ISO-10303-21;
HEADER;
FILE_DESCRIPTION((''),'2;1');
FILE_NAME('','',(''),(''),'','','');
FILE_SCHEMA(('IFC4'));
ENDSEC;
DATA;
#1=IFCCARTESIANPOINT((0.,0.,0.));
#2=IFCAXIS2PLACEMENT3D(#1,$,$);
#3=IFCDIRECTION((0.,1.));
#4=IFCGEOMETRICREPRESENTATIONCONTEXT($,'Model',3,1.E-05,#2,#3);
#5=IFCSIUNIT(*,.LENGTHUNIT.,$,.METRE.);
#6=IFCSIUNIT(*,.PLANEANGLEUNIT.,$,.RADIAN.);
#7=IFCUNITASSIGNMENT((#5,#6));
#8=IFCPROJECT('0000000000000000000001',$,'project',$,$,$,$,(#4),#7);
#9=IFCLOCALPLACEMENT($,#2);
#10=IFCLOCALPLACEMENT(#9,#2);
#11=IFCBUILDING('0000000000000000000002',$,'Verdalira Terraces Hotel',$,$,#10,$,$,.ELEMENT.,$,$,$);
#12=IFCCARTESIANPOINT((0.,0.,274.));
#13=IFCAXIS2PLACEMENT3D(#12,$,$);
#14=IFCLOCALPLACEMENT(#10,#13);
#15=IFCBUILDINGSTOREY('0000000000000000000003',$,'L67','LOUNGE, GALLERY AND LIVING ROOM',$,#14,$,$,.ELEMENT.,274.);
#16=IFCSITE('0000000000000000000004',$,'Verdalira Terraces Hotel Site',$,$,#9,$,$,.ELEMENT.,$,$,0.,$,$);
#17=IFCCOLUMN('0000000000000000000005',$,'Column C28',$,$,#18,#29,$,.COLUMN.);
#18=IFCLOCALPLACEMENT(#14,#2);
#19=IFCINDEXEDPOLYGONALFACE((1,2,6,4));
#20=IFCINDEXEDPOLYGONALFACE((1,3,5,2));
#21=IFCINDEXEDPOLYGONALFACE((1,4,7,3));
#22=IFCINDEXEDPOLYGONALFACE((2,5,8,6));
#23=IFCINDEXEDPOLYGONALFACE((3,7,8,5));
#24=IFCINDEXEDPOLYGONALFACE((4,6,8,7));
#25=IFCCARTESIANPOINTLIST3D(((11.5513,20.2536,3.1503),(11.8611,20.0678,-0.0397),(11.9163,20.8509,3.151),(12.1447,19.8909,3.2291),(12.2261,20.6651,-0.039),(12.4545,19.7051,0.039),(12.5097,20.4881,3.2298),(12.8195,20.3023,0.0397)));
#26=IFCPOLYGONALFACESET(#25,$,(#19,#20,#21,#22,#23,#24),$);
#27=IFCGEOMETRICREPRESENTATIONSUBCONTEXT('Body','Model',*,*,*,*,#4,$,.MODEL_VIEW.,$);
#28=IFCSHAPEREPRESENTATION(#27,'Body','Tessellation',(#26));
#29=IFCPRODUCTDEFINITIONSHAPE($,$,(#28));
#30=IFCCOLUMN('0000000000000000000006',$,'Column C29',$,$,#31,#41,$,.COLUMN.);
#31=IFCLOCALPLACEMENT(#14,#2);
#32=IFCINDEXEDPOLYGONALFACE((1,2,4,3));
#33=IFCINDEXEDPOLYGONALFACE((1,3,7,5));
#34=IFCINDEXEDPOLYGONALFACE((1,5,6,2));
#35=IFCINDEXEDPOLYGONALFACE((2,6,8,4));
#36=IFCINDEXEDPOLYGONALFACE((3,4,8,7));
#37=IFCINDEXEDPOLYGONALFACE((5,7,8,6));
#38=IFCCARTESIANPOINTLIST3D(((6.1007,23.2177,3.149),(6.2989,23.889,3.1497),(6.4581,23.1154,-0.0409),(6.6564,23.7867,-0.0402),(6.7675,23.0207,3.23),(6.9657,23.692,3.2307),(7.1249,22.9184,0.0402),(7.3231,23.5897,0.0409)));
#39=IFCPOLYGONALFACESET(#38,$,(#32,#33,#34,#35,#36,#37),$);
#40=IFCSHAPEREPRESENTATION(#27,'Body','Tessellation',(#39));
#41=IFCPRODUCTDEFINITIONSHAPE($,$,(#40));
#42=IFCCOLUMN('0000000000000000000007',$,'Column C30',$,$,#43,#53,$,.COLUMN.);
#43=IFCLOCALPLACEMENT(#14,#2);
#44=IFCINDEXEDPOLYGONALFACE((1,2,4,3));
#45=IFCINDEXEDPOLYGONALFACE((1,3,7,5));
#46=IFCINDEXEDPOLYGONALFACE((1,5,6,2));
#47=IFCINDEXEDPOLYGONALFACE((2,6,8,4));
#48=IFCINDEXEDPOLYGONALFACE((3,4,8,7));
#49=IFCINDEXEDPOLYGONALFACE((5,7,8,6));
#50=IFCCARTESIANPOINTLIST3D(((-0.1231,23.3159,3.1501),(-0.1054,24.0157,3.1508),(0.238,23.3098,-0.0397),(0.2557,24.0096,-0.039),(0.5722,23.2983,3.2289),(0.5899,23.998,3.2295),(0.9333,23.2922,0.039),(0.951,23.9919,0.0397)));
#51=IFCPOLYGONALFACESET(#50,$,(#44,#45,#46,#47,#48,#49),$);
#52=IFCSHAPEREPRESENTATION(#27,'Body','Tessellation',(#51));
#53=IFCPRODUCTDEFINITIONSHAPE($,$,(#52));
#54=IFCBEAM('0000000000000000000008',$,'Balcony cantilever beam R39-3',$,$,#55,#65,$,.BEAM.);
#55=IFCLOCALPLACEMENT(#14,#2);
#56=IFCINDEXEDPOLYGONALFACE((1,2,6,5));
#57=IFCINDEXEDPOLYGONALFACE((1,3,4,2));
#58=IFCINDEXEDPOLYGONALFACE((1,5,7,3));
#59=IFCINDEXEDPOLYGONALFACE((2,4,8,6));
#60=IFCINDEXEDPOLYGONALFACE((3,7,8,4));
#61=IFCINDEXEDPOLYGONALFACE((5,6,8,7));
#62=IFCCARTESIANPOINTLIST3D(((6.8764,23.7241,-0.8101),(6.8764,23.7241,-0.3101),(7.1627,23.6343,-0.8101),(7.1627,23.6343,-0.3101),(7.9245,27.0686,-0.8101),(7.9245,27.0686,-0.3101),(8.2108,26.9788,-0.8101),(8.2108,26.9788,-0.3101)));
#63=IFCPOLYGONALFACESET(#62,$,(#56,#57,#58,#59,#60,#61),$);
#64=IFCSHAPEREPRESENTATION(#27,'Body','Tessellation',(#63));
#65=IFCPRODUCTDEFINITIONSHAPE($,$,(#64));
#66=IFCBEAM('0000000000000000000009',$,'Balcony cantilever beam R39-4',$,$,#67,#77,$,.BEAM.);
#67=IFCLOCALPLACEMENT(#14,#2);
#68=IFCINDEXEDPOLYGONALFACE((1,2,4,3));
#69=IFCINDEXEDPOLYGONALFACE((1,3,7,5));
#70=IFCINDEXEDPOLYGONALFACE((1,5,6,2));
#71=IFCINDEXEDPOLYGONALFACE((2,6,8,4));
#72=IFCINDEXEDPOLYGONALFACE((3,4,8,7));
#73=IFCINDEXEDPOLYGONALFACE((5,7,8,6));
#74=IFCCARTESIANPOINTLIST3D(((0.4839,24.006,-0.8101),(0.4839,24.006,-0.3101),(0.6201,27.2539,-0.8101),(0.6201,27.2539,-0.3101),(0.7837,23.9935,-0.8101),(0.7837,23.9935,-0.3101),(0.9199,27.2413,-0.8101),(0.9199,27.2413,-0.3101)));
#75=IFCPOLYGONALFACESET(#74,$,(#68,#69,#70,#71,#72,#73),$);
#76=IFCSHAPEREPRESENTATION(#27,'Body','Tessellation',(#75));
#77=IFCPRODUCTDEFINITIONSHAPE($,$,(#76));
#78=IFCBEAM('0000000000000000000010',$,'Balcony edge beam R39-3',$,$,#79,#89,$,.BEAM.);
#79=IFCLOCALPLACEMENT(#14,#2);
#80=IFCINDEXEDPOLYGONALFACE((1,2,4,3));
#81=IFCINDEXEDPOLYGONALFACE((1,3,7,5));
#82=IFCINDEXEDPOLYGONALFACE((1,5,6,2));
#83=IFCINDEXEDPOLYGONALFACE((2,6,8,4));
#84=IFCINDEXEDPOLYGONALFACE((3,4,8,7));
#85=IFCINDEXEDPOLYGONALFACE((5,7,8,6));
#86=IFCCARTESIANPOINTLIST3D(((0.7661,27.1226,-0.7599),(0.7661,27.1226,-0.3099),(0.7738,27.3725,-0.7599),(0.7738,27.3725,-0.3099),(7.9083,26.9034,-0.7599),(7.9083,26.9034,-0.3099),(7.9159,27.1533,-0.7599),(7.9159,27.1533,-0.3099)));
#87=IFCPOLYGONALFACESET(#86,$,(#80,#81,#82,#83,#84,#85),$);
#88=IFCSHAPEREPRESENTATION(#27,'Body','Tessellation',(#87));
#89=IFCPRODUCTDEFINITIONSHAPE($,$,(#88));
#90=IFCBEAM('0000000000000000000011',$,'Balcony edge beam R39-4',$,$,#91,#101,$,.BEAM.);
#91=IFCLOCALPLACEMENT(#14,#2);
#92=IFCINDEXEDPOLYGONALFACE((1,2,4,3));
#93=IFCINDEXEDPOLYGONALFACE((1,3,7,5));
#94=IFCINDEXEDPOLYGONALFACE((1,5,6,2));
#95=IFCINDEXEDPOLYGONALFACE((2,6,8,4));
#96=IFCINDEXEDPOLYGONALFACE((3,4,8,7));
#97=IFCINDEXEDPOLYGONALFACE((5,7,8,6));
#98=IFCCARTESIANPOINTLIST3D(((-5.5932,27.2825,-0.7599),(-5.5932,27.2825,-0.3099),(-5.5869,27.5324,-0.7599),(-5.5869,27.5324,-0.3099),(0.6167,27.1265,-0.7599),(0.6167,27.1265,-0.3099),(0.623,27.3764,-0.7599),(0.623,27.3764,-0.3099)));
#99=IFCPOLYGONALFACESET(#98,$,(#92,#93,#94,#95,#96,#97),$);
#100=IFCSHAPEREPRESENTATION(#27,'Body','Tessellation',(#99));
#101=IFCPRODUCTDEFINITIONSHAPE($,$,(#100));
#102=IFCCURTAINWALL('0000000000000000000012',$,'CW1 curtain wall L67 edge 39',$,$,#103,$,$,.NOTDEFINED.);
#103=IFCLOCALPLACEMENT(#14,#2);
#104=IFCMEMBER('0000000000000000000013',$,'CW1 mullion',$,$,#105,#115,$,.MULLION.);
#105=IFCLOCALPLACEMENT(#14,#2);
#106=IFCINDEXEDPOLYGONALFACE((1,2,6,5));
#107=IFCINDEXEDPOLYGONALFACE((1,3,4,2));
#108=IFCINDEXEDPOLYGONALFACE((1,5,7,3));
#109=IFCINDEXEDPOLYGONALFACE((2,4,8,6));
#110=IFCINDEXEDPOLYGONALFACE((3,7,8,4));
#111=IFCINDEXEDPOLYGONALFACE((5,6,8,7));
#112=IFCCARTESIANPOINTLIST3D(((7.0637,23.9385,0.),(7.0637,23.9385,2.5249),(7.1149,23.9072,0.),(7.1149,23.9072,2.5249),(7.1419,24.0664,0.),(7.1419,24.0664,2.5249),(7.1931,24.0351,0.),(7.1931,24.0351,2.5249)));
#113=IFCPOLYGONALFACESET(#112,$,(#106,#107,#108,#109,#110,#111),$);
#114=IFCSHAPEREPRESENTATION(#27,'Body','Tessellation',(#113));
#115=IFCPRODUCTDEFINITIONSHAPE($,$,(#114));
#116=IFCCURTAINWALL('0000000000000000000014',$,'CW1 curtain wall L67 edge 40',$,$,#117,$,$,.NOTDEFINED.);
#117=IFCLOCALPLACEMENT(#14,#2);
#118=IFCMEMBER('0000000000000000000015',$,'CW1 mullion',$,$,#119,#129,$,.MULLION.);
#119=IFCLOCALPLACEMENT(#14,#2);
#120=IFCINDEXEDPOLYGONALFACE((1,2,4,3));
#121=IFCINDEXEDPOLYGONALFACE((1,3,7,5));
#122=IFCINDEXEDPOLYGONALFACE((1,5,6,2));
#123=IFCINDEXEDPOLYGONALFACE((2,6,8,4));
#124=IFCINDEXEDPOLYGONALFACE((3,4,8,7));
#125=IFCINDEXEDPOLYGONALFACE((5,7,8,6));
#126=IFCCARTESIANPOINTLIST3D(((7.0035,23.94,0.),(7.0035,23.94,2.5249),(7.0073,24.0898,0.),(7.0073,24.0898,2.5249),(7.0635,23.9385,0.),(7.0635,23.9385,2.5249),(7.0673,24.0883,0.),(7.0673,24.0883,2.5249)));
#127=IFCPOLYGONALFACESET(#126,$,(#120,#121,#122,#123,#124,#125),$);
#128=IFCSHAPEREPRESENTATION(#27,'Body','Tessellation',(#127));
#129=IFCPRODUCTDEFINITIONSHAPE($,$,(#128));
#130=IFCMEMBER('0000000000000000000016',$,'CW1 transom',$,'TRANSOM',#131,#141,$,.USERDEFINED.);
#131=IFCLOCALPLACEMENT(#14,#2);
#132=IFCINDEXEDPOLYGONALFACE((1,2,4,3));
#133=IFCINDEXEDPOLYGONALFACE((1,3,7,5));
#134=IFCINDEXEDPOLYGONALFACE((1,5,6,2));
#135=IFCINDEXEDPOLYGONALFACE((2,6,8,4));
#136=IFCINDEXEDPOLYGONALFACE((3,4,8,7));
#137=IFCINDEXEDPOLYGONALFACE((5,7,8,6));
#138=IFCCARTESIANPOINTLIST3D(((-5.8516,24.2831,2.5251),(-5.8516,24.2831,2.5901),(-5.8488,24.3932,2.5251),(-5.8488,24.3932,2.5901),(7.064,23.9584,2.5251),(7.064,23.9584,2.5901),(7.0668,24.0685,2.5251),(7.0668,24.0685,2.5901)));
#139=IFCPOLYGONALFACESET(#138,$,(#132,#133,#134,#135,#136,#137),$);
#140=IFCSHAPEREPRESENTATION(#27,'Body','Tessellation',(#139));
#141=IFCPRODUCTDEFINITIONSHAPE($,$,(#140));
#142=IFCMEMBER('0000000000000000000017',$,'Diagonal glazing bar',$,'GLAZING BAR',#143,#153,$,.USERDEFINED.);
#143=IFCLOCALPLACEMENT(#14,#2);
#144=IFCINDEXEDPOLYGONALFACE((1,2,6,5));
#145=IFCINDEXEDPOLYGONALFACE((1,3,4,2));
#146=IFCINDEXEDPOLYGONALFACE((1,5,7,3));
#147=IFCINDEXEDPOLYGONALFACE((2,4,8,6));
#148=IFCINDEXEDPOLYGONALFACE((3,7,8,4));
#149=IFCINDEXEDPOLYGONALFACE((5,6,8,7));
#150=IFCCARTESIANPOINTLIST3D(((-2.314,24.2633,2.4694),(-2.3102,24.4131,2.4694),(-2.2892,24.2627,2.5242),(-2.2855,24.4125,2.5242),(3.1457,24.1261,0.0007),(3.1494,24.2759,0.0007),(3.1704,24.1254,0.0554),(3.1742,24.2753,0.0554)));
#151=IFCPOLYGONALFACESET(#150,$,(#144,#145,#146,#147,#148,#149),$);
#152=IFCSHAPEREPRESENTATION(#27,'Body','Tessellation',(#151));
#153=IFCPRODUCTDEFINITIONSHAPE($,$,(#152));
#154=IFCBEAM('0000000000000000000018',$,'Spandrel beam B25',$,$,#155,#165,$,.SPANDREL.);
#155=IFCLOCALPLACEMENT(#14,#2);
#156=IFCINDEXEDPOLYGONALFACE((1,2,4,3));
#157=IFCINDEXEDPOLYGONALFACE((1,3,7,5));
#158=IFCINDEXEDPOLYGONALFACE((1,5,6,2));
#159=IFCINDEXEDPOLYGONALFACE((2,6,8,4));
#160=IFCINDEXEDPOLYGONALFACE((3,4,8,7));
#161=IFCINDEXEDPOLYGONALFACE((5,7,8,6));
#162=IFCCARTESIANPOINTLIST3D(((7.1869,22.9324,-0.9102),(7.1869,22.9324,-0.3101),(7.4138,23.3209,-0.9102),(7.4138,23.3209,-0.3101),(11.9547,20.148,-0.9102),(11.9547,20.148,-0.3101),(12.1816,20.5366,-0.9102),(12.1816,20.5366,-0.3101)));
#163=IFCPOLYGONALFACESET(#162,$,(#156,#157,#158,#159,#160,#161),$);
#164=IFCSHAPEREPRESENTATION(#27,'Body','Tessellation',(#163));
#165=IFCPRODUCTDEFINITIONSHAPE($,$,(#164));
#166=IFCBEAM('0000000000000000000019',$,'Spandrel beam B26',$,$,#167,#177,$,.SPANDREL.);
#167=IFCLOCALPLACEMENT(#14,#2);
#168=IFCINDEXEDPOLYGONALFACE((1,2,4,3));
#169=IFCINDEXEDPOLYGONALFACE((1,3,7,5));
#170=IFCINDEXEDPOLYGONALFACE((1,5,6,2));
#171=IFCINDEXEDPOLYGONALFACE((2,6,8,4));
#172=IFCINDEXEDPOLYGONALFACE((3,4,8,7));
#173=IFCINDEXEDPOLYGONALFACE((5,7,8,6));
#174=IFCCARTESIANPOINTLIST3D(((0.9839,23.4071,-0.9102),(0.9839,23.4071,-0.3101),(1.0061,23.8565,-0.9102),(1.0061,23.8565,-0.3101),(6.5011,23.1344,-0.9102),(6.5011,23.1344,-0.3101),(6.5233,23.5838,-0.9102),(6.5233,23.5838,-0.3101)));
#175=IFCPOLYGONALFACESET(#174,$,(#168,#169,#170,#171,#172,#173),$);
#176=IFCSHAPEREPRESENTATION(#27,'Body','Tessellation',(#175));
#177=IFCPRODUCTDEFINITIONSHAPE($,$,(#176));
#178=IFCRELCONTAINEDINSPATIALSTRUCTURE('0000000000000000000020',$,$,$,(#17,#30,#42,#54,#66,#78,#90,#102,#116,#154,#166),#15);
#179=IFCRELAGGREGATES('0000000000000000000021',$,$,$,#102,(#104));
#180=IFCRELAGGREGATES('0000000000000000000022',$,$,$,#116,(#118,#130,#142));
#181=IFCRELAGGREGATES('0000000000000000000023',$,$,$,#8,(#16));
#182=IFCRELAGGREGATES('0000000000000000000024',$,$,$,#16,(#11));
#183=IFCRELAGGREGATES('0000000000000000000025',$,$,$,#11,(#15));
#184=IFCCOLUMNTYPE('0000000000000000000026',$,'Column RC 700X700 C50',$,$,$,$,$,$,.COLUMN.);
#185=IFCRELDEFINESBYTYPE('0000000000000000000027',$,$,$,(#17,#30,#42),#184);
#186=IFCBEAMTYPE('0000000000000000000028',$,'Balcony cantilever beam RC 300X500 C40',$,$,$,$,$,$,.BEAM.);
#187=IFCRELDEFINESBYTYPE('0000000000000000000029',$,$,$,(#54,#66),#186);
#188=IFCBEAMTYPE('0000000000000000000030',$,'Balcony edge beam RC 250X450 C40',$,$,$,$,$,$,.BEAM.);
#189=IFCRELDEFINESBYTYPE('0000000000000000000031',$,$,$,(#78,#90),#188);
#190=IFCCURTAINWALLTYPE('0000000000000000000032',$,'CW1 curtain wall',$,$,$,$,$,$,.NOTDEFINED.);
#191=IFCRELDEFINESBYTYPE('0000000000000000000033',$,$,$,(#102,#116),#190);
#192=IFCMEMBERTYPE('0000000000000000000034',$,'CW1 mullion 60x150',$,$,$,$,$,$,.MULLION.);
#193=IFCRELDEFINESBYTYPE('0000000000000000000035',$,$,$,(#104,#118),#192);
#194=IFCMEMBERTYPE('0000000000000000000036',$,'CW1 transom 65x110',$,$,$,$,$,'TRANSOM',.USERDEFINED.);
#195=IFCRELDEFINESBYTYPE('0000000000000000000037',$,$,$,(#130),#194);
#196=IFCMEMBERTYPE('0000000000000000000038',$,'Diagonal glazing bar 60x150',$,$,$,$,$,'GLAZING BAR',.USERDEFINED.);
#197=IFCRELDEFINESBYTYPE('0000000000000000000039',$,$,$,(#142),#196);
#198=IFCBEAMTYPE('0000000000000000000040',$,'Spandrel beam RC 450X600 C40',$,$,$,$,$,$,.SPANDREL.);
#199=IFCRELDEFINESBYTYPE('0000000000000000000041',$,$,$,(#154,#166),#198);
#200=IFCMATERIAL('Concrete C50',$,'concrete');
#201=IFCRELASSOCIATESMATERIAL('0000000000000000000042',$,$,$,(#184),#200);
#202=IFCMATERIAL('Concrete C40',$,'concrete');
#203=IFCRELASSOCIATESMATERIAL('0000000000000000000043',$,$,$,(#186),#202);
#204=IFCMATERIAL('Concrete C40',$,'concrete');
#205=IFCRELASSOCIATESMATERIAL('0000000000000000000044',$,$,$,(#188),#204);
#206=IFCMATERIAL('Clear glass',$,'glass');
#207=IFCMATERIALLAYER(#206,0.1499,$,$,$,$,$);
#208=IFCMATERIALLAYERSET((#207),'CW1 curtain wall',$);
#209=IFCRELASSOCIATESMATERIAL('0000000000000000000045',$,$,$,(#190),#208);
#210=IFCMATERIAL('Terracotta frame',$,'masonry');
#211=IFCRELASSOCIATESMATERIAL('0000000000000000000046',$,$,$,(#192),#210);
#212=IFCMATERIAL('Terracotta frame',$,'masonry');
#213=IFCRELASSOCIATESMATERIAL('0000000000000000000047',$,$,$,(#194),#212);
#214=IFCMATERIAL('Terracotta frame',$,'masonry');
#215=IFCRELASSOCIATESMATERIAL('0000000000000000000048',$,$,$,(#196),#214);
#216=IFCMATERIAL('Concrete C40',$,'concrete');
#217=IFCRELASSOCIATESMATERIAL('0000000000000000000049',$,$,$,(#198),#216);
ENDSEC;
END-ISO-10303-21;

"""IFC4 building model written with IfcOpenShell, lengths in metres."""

from ifc_helpers import new_model, si_unit, direction, frame, origin, origin_2d, place, context, subcontext, project, spatial, rectangle, extrude, material, layer, layer_set, material_profile, profile_set, type_object, element, aggregate, save


model = new_model("IFC4")

# Units and contexts
model_context = context("Model", 3, precision=1e-05, world=origin(), true_north=direction((0.0, 1.0)))
body_context = subcontext(model_context, "Body", "Model", "MODEL_VIEW")
ifc_project = project(units=[si_unit("LENGTHUNIT", "METRE"), si_unit("PLANEANGLEUNIT", "RADIAN")], contexts=[model_context])

# Site, building, storey
site_placement = place(None, origin())
site = spatial("IfcSite", under=ifc_project, at=site_placement, Name="Verdalira Terraces Hotel Site", CompositionType="ELEMENT", RefElevation=0.0)
building_placement = place(site_placement, origin())
building = spatial("IfcBuilding", under=site, at=building_placement, Name="Verdalira Terraces Hotel", CompositionType="ELEMENT")
storey_placement = place(building_placement, frame((0.0, 0.0, 274.0)))
storey = spatial("IfcBuildingStorey", under=building, at=storey_placement, Name="L67", Description="LOUNGE, GALLERY AND LIVING ROOM", CompositionType="ELEMENT", Elevation=274.0)

# Columns
ifc_material_1 = material(Name="Concrete C50", Category="concrete")
ifc_material_profile_1 = material_profile(ifc_material_1, rectangle(XDim=0.7, YDim=0.7, at=origin_2d()), Name="RC 700X700")
ifc_profile_set_1 = profile_set([ifc_material_profile_1], Name="Concrete C50")
column_type = type_object("IfcColumnType", Name="Column RC 700X700 C50", PredefinedType="COLUMN", material=ifc_profile_set_1)
column_1_placement = place(storey_placement, frame((12.3403, 20.1851, 0.0), z_axis=(-0.096505, 0.057873, 0.993649), x_axis=(-0.847798, 0.518243, -0.112524)))
element("IfcColumn", 1, at=column_1_placement, inside=storey, type_object=column_type, Name="Column C28", PredefinedType="COLUMN", context=body_context, shape_type="SweptSolid", body=[
    extrude(rectangle(XDim=0.7, YDim=0.7, at=origin_2d()), origin(), (0.0, 0.0, 1.0), 3.2104),
])
column_2_placement = place(storey_placement, frame((6.8906, 23.3525, 0.0), z_axis=(-0.111293, 0.031852, 0.993277), x_axis=(0.952582, -0.281403, 0.115758)))
element("IfcColumn", 2, at=column_2_placement, inside=storey, type_object=column_type, Name="Column C29", PredefinedType="COLUMN", context=body_context, shape_type="SweptSolid", body=[
    extrude(rectangle(XDim=0.7, YDim=0.7, at=origin_2d()), origin(), (0.0, 0.0, 1.0), 3.2114),
])
column_3_placement = place(storey_placement, frame((0.5945, 23.6509, 0.0), z_axis=(-0.112476, 0.001901, 0.993653), x_axis=(-0.993333, 0.025223, -0.112488)))
element("IfcColumn", 3, at=column_3_placement, inside=storey, type_object=column_type, Name="Column C30", PredefinedType="COLUMN", context=body_context, shape_type="SweptSolid", body=[
    extrude(rectangle(XDim=0.7, YDim=0.7, at=origin_2d()), origin(), (0.0, 0.0, 1.0), 3.2102),
])

# Beams
ifc_material_2 = material(Name="Concrete C40", Category="concrete")
ifc_material_profile_2 = material_profile(ifc_material_2, rectangle(XDim=0.3, YDim=0.5, at=origin_2d()), Name="RC 300X500")
ifc_profile_set_2 = profile_set([ifc_material_profile_2], Name="Concrete C40")
beam_type_1 = type_object("IfcBeamType", Name="Balcony cantilever beam RC 300X500 C40", PredefinedType="BEAM", material=ifc_profile_set_2)
beam_1_placement = place(storey_placement, frame((7.0195, 23.6792, -0.5601), z_axis=(0.29904, 0.95424, 0.0), x_axis=(-0.95424, 0.29904, 0.0)))
element("IfcBeam", 4, at=beam_1_placement, inside=storey, type_object=beam_type_1, Name="Balcony cantilever beam R39-3", PredefinedType="BEAM", context=body_context, shape_type="SweptSolid", body=[
    extrude(rectangle(XDim=0.3, YDim=0.5, at=origin_2d()), origin(), (0.0, 0.0, 1.0), 3.5049),
])
beam_2_placement = place(storey_placement, frame((0.6338, 23.9998, -0.5601), z_axis=(0.041909, 0.999121, 0.0), x_axis=(-0.999121, 0.041909, 0.0)))
element("IfcBeam", 5, at=beam_2_placement, inside=storey, type_object=beam_type_1, Name="Balcony cantilever beam R39-4", PredefinedType="BEAM", context=body_context, shape_type="SweptSolid", body=[
    extrude(rectangle(XDim=0.3, YDim=0.5, at=origin_2d()), origin(), (0.0, 0.0, 1.0), 3.2507),
])
ifc_material_3 = material(Name="Concrete C40", Category="concrete")
ifc_material_profile_3 = material_profile(ifc_material_3, rectangle(XDim=0.25, YDim=0.45, at=origin_2d()), Name="RC 250X450")
ifc_profile_set_3 = profile_set([ifc_material_profile_3], Name="Concrete C40")
beam_type_2 = type_object("IfcBeamType", Name="Balcony edge beam RC 250X450 C40", PredefinedType="BEAM", material=ifc_profile_set_3)
beam_3_placement = place(storey_placement, frame((7.9121, 27.0283, -0.5349), z_axis=(-0.999529, 0.030682, 0.0), x_axis=(-0.030682, -0.999529, 0.0)))
element("IfcBeam", 6, at=beam_3_placement, inside=storey, type_object=beam_type_2, Name="Balcony edge beam R39-3", PredefinedType="BEAM", context=body_context, shape_type="SweptSolid", body=[
    extrude(rectangle(XDim=0.25, YDim=0.45, at=origin_2d()), origin(), (0.0, 0.0, 1.0), 7.1455),
])
beam_4_placement = place(storey_placement, frame((0.6199, 27.2515, -0.5349), z_axis=(-0.999685, 0.025114, 0.0), x_axis=(-0.025114, -0.999685, 0.0)))
element("IfcBeam", 7, at=beam_4_placement, inside=storey, type_object=beam_type_2, Name="Balcony edge beam R39-4", PredefinedType="BEAM", context=body_context, shape_type="SweptSolid", body=[
    extrude(rectangle(XDim=0.25, YDim=0.45, at=origin_2d()), origin(), (0.0, 0.0, 1.0), 6.2119),
])

# Curtain wall, member
ifc_material_4 = material(Name="Clear glass", Category="glass")
ifc_layer_1 = layer(ifc_material_4, 0.1499)
ifc_layer_set_1 = layer_set([ifc_layer_1], Name="CW1 curtain wall")
curtain_wall_type = type_object("IfcCurtainWallType", Name="CW1 curtain wall", PredefinedType="NOTDEFINED", material=ifc_layer_set_1)
curtain_wall_1_placement = place(storey_placement, origin())
curtain_wall_1 = element("IfcCurtainWall", 8, at=curtain_wall_1_placement, inside=storey, type_object=curtain_wall_type, Name="CW1 curtain wall L67 edge 39", PredefinedType="NOTDEFINED")
ifc_material_5 = material(Name="Terracotta frame", Category="masonry")
ifc_material_profile_4 = material_profile(ifc_material_5, rectangle(XDim=0.0601, YDim=0.1499, at=origin_2d()), Name="MU 60x150")
ifc_profile_set_4 = profile_set([ifc_material_profile_4], Name="Terracotta frame")
member_type_1 = type_object("IfcMemberType", Name="CW1 mullion 60x150", PredefinedType="MULLION", material=ifc_profile_set_4)
member_1_placement = place(storey_placement, frame((7.1284, 23.9868, 0.0), z_axis=(0.0, 0.0, 1.0), x_axis=(-0.853187, 0.521605, 0.0)))
member_1 = element("IfcMember", 9, at=member_1_placement, type_object=member_type_1, Name="CW1 mullion", PredefinedType="MULLION", context=body_context, shape_type="SweptSolid", body=[
    extrude(rectangle(XDim=0.0601, YDim=0.1499, at=origin_2d()), origin(), (0.0, 0.0, 1.0), 2.5249),
])

# Curtain wall, members
curtain_wall_2_placement = place(storey_placement, origin())
curtain_wall_2 = element("IfcCurtainWall", 10, at=curtain_wall_2_placement, inside=storey, type_object=curtain_wall_type, Name="CW1 curtain wall L67 edge 40", PredefinedType="NOTDEFINED")
member_2_placement = place(storey_placement, frame((7.0354, 24.0142, 0.0), z_axis=(0.0, 0.0, 1.0), x_axis=(-0.999684, 0.02513, 0.0)))
member_2 = element("IfcMember", 11, at=member_2_placement, type_object=member_type_1, Name="CW1 mullion", PredefinedType="MULLION", context=body_context, shape_type="SweptSolid", body=[
    extrude(rectangle(XDim=0.0601, YDim=0.1499, at=origin_2d()), origin(), (0.0, 0.0, 1.0), 2.5249),
])
ifc_material_6 = material(Name="Terracotta frame", Category="masonry")
ifc_material_profile_5 = material_profile(ifc_material_6, rectangle(XDim=0.1101, YDim=0.0649, at=origin_2d()), Name="TR 65x110")
ifc_profile_set_5 = profile_set([ifc_material_profile_5], Name="Terracotta frame")
member_type_2 = type_object("IfcMemberType", Name="CW1 transom 65x110", ElementType="TRANSOM", PredefinedType="USERDEFINED", material=ifc_profile_set_5)
member_3_placement = place(storey_placement, frame((7.0654, 24.0134, 2.5576), z_axis=(-0.999684, 0.025133, 0.0), x_axis=(-0.025133, -0.999684, 0.0)))
member_3 = element("IfcMember", 12, at=member_3_placement, type_object=member_type_2, Name="CW1 transom", ObjectType="TRANSOM", PredefinedType="USERDEFINED", context=body_context, shape_type="SweptSolid", body=[
    extrude(rectangle(XDim=0.1101, YDim=0.0649, at=origin_2d()), origin(), (0.0, 0.0, 1.0), 12.9197),
])
ifc_material_7 = material(Name="Terracotta frame", Category="masonry")
ifc_material_profile_6 = material_profile(ifc_material_7, rectangle(XDim=0.1499, YDim=0.0601, at=origin_2d()), Name="GB 60x150")
ifc_profile_set_6 = profile_set([ifc_material_profile_6], Name="Terracotta frame")
member_type_3 = type_object("IfcMemberType", Name="Diagonal glazing bar 60x150", ElementType="GLAZING BAR", PredefinedType="USERDEFINED", material=ifc_profile_set_6)
member_4_placement = place(storey_placement, frame((3.1599, 24.2007, 0.0281), z_axis=(-0.910939, 0.022893, 0.411904), x_axis=(-0.025123, -0.999684, 0.0)))
member_4 = element("IfcMember", 13, at=member_4_placement, type_object=member_type_3, Name="Diagonal glazing bar", ObjectType="GLAZING BAR", PredefinedType="USERDEFINED", context=body_context, shape_type="SweptSolid", body=[
    extrude(rectangle(XDim=0.1499, YDim=0.0601, at=origin_2d()), origin(), (0.0, 0.0, 1.0), 5.9934),
])

# Beams
ifc_material_8 = material(Name="Concrete C40", Category="concrete")
ifc_material_profile_7 = material_profile(ifc_material_8, rectangle(XDim=0.45, YDim=0.6001, at=origin_2d()), Name="RC 450X600")
ifc_profile_set_7 = profile_set([ifc_material_profile_7], Name="Concrete C40")
beam_type_3 = type_object("IfcBeamType", Name="Spandrel beam RC 450X600 C40", PredefinedType="SPANDREL", material=ifc_profile_set_7)
beam_5_placement = place(storey_placement, frame((12.0681, 20.3423, -0.6101), z_axis=(-0.863527, 0.504303, 0.0), x_axis=(-0.504303, -0.863527, 0.0)))
element("IfcBeam", 14, at=beam_5_placement, inside=storey, type_object=beam_type_3, Name="Spandrel beam B25", PredefinedType="SPANDREL", context=body_context, shape_type="SweptSolid", body=[
    extrude(rectangle(XDim=0.45, YDim=0.6001, at=origin_2d()), origin(), (0.0, 0.0, 1.0), 5.5212),
])
beam_6_placement = place(storey_placement, frame((6.5122, 23.3591, -0.6101), z_axis=(-0.998781, 0.049369, 0.0), x_axis=(-0.049369, -0.998781, 0.0)))
element("IfcBeam", 15, at=beam_6_placement, inside=storey, type_object=beam_type_3, Name="Spandrel beam B26", PredefinedType="SPANDREL", context=body_context, shape_type="SweptSolid", body=[
    extrude(rectangle(XDim=0.45, YDim=0.6001, at=origin_2d()), origin(), (0.0, 0.0, 1.0), 5.5239),
])

aggregate(curtain_wall_1, [member_1])
aggregate(curtain_wall_2, [member_2, member_3, member_4])

save(model, "model.ifc")
